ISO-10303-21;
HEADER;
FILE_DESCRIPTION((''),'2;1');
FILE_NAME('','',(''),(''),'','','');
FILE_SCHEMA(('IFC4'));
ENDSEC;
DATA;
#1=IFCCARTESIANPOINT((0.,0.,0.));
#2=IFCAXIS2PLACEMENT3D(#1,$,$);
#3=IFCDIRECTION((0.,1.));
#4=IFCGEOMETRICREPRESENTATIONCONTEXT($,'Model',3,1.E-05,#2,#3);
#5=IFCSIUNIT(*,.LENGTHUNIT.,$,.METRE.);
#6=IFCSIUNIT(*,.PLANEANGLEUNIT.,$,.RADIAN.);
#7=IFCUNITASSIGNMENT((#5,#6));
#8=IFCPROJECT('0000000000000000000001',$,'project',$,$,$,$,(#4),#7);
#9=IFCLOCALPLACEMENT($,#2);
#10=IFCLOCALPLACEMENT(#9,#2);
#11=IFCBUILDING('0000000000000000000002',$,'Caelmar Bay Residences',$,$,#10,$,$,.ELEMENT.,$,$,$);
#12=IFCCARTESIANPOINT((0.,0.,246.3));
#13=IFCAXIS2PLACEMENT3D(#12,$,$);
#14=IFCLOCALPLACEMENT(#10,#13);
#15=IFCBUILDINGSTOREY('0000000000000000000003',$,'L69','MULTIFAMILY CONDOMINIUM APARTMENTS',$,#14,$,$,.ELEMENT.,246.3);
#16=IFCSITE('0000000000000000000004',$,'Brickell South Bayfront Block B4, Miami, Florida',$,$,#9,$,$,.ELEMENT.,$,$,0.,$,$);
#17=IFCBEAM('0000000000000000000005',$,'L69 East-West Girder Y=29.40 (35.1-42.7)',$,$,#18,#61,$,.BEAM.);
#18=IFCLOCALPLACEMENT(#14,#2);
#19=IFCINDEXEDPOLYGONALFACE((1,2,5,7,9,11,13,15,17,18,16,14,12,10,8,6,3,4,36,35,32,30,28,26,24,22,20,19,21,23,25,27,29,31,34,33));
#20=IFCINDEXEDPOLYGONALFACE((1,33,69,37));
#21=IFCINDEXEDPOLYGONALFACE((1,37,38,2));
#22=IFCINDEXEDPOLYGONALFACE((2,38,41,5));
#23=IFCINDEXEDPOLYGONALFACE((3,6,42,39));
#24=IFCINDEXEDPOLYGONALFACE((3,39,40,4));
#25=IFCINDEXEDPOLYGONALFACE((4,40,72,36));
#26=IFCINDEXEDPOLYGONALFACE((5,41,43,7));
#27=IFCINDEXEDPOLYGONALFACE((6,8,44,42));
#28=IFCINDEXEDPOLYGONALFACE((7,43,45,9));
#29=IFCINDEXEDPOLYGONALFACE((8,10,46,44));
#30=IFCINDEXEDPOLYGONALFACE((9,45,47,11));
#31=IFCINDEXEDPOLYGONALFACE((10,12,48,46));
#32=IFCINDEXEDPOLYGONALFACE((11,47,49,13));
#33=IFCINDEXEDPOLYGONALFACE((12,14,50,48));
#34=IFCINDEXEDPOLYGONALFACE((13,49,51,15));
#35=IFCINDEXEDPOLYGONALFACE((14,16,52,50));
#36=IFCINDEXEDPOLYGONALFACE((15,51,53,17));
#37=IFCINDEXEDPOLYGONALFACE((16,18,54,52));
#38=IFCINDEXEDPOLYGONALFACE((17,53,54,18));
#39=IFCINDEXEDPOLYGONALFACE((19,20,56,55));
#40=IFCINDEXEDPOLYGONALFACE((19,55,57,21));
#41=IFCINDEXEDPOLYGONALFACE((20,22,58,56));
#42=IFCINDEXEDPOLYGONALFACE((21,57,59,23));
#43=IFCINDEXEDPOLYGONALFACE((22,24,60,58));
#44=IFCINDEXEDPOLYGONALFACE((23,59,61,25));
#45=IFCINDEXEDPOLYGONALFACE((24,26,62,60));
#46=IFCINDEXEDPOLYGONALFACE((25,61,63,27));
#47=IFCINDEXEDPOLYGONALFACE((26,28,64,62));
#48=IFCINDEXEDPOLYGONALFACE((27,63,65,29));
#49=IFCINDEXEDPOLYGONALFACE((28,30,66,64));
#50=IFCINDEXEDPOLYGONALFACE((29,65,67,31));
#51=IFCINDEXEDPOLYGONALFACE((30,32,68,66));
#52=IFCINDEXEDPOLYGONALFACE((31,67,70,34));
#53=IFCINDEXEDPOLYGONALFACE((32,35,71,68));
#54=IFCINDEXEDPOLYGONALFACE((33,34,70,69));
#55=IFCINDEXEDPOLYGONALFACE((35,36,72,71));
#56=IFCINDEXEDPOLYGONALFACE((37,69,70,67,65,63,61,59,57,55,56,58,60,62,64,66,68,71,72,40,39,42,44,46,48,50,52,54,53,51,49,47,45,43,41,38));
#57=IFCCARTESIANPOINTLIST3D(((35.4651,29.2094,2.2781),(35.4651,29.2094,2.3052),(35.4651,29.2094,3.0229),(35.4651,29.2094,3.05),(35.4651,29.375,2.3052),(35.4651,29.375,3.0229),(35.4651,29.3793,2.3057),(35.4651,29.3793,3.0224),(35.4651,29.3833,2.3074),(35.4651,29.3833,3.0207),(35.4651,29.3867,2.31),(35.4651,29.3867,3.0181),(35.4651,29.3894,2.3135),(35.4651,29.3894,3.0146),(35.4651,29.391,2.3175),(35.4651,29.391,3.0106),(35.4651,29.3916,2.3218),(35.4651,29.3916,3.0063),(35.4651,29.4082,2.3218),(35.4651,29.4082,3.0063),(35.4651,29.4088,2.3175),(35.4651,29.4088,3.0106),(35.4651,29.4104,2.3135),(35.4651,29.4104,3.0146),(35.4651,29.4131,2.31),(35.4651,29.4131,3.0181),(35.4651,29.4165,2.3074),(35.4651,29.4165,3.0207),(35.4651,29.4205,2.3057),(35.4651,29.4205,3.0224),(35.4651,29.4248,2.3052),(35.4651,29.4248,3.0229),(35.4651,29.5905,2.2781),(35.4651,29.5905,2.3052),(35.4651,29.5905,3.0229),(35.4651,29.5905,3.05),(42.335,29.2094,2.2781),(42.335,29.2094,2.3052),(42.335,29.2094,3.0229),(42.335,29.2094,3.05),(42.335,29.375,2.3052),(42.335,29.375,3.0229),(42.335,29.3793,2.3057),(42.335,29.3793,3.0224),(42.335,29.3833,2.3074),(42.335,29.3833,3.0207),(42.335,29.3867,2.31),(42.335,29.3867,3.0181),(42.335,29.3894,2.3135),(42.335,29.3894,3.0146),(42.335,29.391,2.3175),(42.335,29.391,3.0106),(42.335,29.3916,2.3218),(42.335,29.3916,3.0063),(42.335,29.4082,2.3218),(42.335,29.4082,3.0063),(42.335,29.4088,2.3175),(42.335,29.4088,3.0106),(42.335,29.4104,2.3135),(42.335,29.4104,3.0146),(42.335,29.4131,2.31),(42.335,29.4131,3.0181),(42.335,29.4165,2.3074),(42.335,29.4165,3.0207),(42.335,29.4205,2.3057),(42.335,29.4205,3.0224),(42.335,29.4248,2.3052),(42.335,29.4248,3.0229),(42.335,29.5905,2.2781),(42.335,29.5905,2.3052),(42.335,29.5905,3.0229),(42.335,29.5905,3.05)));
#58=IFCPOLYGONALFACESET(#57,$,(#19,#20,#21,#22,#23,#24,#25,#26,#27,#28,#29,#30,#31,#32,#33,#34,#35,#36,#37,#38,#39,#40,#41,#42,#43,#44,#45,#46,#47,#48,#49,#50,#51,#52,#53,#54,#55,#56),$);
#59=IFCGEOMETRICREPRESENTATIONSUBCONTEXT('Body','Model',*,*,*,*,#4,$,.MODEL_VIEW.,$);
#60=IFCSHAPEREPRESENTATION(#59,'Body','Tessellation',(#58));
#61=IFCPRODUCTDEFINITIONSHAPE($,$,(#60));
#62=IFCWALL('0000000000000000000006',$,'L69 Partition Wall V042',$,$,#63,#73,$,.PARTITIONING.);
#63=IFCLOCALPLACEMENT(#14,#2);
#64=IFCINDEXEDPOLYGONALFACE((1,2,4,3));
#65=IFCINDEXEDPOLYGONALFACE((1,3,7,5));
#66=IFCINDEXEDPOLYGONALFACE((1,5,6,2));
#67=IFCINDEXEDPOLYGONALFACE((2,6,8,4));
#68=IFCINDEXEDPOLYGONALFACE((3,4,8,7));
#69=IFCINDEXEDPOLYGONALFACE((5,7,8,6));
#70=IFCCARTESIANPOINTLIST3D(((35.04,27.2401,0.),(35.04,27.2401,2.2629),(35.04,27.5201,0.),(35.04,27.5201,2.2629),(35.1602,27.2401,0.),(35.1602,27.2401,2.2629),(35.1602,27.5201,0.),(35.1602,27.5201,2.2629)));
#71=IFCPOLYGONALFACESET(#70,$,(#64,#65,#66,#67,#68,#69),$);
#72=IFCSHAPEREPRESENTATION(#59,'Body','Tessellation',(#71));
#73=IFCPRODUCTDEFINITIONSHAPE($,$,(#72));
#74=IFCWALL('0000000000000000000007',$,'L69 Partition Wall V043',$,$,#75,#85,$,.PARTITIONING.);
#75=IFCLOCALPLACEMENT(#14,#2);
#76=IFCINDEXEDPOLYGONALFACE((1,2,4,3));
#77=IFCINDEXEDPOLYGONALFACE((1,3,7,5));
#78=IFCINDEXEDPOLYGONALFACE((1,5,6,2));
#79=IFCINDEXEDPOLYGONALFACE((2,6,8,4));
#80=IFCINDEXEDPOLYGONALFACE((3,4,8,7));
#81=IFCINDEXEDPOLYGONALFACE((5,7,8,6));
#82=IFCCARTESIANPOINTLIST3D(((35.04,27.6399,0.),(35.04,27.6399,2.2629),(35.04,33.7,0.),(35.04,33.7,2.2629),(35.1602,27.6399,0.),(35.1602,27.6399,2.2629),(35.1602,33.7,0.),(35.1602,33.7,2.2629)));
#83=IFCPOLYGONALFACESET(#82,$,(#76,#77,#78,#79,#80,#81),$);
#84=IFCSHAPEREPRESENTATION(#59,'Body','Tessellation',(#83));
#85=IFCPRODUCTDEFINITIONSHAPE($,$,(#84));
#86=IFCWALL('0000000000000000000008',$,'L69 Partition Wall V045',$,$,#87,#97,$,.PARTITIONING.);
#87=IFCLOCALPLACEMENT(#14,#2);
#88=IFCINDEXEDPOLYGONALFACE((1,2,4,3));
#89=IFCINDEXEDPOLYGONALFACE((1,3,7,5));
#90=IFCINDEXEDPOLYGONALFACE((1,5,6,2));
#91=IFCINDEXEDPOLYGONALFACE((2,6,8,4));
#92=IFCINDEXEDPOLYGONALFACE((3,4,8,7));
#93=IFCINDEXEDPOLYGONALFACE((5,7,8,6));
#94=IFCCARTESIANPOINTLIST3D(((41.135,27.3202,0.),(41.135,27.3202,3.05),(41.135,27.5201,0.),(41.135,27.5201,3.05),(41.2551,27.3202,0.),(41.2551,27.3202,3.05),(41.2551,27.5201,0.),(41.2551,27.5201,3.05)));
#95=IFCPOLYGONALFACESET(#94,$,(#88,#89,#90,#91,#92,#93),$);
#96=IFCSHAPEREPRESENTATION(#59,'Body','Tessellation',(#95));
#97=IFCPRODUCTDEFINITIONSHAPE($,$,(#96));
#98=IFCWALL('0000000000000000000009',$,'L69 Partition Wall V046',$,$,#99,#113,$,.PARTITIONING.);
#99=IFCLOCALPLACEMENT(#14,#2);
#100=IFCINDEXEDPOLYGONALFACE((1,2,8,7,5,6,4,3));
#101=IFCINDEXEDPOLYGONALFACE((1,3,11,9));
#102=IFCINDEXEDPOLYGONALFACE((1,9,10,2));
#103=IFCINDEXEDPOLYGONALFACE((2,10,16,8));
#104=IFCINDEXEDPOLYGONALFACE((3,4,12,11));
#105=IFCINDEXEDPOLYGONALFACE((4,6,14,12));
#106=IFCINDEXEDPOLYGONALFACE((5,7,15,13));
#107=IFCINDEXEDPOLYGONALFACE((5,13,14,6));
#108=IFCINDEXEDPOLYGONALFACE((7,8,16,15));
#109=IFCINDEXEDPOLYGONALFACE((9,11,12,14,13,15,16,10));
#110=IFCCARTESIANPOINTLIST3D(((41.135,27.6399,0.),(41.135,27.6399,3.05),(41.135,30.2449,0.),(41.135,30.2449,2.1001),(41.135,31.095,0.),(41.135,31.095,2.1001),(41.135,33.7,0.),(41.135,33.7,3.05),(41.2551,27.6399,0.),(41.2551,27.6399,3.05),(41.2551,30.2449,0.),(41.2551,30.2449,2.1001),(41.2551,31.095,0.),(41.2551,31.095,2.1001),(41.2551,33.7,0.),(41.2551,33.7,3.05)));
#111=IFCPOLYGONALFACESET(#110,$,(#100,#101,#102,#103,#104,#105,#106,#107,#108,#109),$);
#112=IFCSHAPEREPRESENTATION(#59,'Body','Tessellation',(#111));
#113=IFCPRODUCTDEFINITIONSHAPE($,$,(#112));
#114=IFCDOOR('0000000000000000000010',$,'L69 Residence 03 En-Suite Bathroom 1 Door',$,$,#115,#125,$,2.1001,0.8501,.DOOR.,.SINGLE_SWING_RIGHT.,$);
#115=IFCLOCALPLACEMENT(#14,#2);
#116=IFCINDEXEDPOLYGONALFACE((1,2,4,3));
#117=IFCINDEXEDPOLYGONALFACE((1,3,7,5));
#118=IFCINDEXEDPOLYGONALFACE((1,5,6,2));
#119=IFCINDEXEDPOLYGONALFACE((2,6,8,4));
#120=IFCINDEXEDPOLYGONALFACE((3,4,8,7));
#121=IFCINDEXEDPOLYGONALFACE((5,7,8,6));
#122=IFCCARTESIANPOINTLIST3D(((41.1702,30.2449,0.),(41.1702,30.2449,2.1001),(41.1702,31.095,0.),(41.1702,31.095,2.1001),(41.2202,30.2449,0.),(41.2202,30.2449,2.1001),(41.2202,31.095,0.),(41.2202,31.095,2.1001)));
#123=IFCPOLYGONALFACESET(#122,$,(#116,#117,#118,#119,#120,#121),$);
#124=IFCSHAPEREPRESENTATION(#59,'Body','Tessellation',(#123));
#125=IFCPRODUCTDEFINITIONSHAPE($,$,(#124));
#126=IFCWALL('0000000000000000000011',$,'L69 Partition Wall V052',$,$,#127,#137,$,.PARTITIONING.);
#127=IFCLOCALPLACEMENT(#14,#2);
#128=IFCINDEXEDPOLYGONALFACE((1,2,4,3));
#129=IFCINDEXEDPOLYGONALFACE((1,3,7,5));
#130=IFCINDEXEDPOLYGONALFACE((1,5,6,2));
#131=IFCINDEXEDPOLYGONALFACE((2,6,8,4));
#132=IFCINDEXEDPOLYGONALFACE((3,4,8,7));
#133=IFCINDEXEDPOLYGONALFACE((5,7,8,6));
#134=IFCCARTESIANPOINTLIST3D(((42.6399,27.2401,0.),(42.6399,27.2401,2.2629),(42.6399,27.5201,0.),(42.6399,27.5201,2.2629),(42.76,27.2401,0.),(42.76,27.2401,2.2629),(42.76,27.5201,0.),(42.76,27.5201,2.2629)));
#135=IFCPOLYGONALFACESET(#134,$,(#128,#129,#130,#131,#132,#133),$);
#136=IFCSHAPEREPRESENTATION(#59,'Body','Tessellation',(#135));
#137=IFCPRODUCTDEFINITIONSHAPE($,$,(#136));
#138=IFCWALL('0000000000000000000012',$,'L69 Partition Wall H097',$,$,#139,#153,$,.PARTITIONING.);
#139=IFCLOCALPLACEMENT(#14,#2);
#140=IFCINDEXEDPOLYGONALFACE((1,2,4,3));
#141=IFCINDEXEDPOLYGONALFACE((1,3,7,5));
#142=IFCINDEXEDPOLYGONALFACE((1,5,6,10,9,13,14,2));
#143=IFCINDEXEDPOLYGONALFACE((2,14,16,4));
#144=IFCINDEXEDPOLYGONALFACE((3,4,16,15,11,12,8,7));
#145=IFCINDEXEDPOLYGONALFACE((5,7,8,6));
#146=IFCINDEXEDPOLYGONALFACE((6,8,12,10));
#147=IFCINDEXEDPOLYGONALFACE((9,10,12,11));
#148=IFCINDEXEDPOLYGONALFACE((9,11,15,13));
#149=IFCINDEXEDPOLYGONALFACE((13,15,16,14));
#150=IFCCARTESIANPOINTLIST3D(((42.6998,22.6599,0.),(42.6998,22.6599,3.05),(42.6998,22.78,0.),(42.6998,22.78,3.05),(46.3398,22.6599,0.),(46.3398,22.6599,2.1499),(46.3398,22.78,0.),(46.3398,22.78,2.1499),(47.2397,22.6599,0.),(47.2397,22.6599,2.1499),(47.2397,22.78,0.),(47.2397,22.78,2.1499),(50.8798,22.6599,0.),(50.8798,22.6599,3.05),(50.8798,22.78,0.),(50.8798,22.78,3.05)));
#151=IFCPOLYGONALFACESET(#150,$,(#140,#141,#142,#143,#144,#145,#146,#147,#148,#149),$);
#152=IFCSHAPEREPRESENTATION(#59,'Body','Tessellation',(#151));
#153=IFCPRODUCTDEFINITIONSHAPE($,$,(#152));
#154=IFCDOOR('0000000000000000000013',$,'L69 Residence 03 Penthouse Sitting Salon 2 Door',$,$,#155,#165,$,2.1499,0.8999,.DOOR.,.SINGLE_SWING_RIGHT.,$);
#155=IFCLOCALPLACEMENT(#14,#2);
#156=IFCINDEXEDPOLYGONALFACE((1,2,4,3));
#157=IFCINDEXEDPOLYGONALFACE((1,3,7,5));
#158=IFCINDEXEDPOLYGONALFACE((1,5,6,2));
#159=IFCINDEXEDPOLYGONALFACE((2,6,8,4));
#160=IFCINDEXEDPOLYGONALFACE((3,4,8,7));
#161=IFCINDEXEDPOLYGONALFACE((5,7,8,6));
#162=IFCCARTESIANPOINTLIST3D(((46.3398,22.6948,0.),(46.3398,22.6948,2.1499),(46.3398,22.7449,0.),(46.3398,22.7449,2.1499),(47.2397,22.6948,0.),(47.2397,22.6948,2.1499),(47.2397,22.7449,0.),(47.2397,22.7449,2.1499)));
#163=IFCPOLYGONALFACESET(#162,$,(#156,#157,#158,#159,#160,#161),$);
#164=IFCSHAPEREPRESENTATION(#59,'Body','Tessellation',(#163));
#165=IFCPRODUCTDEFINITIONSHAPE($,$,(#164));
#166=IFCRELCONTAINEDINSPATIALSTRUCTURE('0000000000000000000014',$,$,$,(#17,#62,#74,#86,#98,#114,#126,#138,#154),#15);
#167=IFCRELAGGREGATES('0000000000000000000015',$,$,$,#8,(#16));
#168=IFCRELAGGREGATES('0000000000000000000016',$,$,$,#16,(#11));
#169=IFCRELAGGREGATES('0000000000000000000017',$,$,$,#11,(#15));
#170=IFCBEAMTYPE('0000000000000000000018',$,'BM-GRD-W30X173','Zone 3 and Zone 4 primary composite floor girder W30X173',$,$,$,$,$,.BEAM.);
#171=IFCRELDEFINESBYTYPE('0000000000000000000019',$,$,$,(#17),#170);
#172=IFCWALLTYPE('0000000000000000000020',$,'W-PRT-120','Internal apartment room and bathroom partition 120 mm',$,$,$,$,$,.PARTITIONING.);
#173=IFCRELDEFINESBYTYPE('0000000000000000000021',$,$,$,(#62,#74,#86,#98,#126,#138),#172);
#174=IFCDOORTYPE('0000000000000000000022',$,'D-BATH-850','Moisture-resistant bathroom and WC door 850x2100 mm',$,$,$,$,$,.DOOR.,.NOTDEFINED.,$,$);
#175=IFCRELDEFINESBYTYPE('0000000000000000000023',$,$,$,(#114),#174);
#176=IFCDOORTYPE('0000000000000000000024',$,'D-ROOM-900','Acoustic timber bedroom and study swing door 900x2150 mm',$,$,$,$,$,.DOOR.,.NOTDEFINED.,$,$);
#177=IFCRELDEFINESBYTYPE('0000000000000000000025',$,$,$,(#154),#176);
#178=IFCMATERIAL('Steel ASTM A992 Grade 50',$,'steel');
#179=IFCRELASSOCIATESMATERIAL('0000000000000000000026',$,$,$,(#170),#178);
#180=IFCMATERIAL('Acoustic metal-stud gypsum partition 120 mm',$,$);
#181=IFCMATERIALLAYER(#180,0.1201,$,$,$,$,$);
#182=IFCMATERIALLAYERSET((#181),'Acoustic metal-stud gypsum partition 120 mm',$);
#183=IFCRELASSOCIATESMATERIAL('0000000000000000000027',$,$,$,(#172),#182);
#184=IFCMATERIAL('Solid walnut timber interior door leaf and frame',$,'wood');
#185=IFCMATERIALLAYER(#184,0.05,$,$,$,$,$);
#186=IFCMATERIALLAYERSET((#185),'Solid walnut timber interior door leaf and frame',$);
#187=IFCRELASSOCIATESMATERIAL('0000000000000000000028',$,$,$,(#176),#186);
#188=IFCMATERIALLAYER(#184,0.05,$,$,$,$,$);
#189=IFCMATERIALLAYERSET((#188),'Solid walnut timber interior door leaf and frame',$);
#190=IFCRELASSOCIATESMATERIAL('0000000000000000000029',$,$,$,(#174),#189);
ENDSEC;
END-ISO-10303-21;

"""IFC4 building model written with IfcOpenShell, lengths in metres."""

from ifc_helpers import new_model, si_unit, direction, frame, frame_2d, origin, origin_2d, place, context, subcontext, project, spatial, rectangle, i_section, extrude, material, layer, layer_set, material_profile, profile_set, type_object, element, fill, save


model = new_model("IFC4")

# Units and contexts
model_context = context("Model", 3, precision=1e-05, world=origin(), true_north=direction((0.0, 1.0)))
body_context = subcontext(model_context, "Body", "Model", "MODEL_VIEW")
ifc_project = project(units=[si_unit("LENGTHUNIT", "METRE"), si_unit("PLANEANGLEUNIT", "RADIAN")], contexts=[model_context])

# Site, building, storey
site_placement = place(None, origin())
site = spatial("IfcSite", under=ifc_project, at=site_placement, Name="Brickell South Bayfront Block B4, Miami, Florida", CompositionType="ELEMENT", RefElevation=0.0)
building_placement = place(site_placement, origin())
building = spatial("IfcBuilding", under=site, at=building_placement, Name="Caelmar Bay Residences", CompositionType="ELEMENT")
storey_placement = place(building_placement, frame((0.0, 0.0, 246.3)))
storey = spatial("IfcBuildingStorey", under=building, at=storey_placement, Name="L69", Description="MULTIFAMILY CONDOMINIUM APARTMENTS", CompositionType="ELEMENT", Elevation=246.3)

# Beam
ifc_material_1 = material(Name="Steel ASTM A992 Grade 50", Category="steel")
ifc_material_profile = material_profile(ifc_material_1, i_section(OverallWidth=0.3811, OverallDepth=0.772, WebThickness=0.0166, FlangeThickness=0.0271, FilletRadius=0.0166, at=origin_2d()), Name="W30X173")
ifc_profile_set = profile_set([ifc_material_profile], Name="Steel ASTM A992 Grade 50")
beam_type = type_object("IfcBeamType", Name="BM-GRD-W30X173", Description="Zone 3 and Zone 4 primary composite floor girder W30X173", PredefinedType="BEAM", material=ifc_profile_set)
beam_placement = place(storey_placement, frame((35.4651, 29.3999, 2.6641), z_axis=(1.0, 0.0, 0.0), x_axis=(0.0, 1.0, 0.0)))
element("IfcBeam", 1, at=beam_placement, inside=storey, type_object=beam_type, Name="L69 East-West Girder Y=29.40 (35.1-42.7)", PredefinedType="BEAM", context=body_context, shape_type="SweptSolid", body=[
    extrude(i_section(OverallWidth=0.3811, OverallDepth=0.772, WebThickness=0.0166, FlangeThickness=0.0271, FilletRadius=0.0166, at=origin_2d()), origin(), (0.0, 0.0, 1.0), 6.8699),
])

# Shared definitions
ifc_material_2 = material(Name="Acoustic metal-stud gypsum partition 120 mm")
ifc_layer_1 = layer(ifc_material_2, 0.1201)
ifc_layer_set_1 = layer_set([ifc_layer_1], Name="Acoustic metal-stud gypsum partition 120 mm")
wall_type = type_object("IfcWallType", Name="W-PRT-120", Description="Internal apartment room and bathroom partition 120 mm", PredefinedType="PARTITIONING", material=ifc_layer_set_1)
ifc_material_3 = material(Name="Solid walnut timber interior door leaf and frame", Category="wood")
ifc_layer_2 = layer(ifc_material_3, 0.05)
ifc_layer_set_2 = layer_set([ifc_layer_2], Name="Solid walnut timber interior door leaf and frame")
door_type_1 = type_object("IfcDoorType", Name="D-ROOM-900", Description="Acoustic timber bedroom and study swing door 900x2150 mm", OperationType="NOTDEFINED", PredefinedType="DOOR", material=ifc_layer_set_2)

# Walls
wall_1_placement = place(storey_placement, frame((35.1001, 27.24, 0.0), z_axis=(0.0, 0.0, 1.0), x_axis=(0.0, 1.0, 0.0)))
element("IfcWall", 2, at=wall_1_placement, inside=storey, type_object=wall_type, Name="L69 Partition Wall V042", PredefinedType="PARTITIONING", context=body_context, shape_type="SweptSolid", body=[
    extrude(rectangle(XDim=0.28, YDim=0.1201, at=frame_2d((0.1401, 0.0))), origin(), (0.0, 0.0, 1.0), 2.2629),
])
wall_2_placement = place(storey_placement, frame((35.1001, 27.6399, 0.0), z_axis=(0.0, 0.0, 1.0), x_axis=(0.0, 1.0, 0.0)))
element("IfcWall", 3, at=wall_2_placement, inside=storey, type_object=wall_type, Name="L69 Partition Wall V043", PredefinedType="PARTITIONING", context=body_context, shape_type="SweptSolid", body=[
    extrude(rectangle(XDim=6.0601, YDim=0.1201, at=frame_2d((3.03, 0.0))), origin(), (0.0, 0.0, 1.0), 2.2629),
])
wall_3_placement = place(storey_placement, frame((41.1951, 27.3201, 0.0), z_axis=(0.0, 0.0, 1.0), x_axis=(0.0, 1.0, 0.0)))
element("IfcWall", 4, at=wall_3_placement, inside=storey, type_object=wall_type, Name="L69 Partition Wall V045", PredefinedType="PARTITIONING", context=body_context, shape_type="SweptSolid", body=[
    extrude(rectangle(XDim=0.2, YDim=0.1201, at=frame_2d((0.1001, 0.0))), origin(), (0.0, 0.0, 1.0), 3.05),
])

# Wall, opening, door
wall_4_placement = place(storey_placement, frame((41.1951, 27.6399, 0.0), z_axis=(0.0, 0.0, 1.0), x_axis=(0.0, 1.0, 0.0)))
wall_4 = element("IfcWall", 5, at=wall_4_placement, inside=storey, type_object=wall_type, Name="L69 Partition Wall V046", PredefinedType="PARTITIONING", context=body_context, shape_type="SweptSolid", body=[
    extrude(rectangle(XDim=6.0601, YDim=0.1201, at=frame_2d((3.03, 0.0))), origin(), (0.0, 0.0, 1.0), 3.05),
])
opening_1_placement = place(wall_4_placement, frame((2.605, 0.0, 0.0)))
opening_1 = element("IfcOpeningElement", 6, at=opening_1_placement, cuts=wall_4, PredefinedType="OPENING", context=body_context, shape_type="SweptSolid", body=[
    extrude(rectangle(XDim=0.8501, YDim=2.1001, at=frame_2d((0.425, 1.05))), frame((0.0, 0.0701, 0.0), z_axis=(0.0, -1.0, 0.0), x_axis=(1.0, 0.0, 0.0)), (0.0, 0.0, 1.0), 0.1401),
])
ifc_layer_3 = layer(ifc_material_3, 0.05)
ifc_layer_set_3 = layer_set([ifc_layer_3], Name="Solid walnut timber interior door leaf and frame")
door_type_2 = type_object("IfcDoorType", Name="D-BATH-850", Description="Moisture-resistant bathroom and WC door 850x2100 mm", OperationType="NOTDEFINED", PredefinedType="DOOR", material=ifc_layer_set_3)
door_1_placement = place(opening_1_placement, origin())
door_1 = element("IfcDoor", 7, at=door_1_placement, inside=storey, type_object=door_type_2, Name="L69 Residence 03 En-Suite Bathroom 1 Door", OperationType="SINGLE_SWING_RIGHT", OverallHeight=2.1001, OverallWidth=0.8501, PredefinedType="DOOR", context=body_context, shape_type="SweptSolid", body=[
    extrude(rectangle(XDim=0.8501, YDim=2.1001, at=frame_2d((0.425, 1.05))), frame((0.0, 0.0249, 0.0), z_axis=(0.0, -1.0, 0.0), x_axis=(1.0, 0.0, 0.0)), (0.0, 0.0, 1.0), 0.05),
])
fill(opening_1, door_1)

# Wall
wall_5_placement = place(storey_placement, frame((42.7, 27.24, 0.0), z_axis=(0.0, 0.0, 1.0), x_axis=(0.0, 1.0, 0.0)))
element("IfcWall", 8, at=wall_5_placement, inside=storey, type_object=wall_type, Name="L69 Partition Wall V052", PredefinedType="PARTITIONING", context=body_context, shape_type="SweptSolid", body=[
    extrude(rectangle(XDim=0.28, YDim=0.1201, at=frame_2d((0.1401, 0.0))), origin(), (0.0, 0.0, 1.0), 2.2629),
])

# Wall, opening, door
wall_6_placement = place(storey_placement, frame((42.7, 22.72, 0.0), z_axis=(0.0, 0.0, 1.0), x_axis=(1.0, 0.0, 0.0)))
wall_6 = element("IfcWall", 9, at=wall_6_placement, inside=storey, type_object=wall_type, Name="L69 Partition Wall H097", PredefinedType="PARTITIONING", context=body_context, shape_type="SweptSolid", body=[
    extrude(rectangle(XDim=8.1799, YDim=0.1201, at=frame_2d((4.0898, 0.0))), origin(), (0.0, 0.0, 1.0), 3.05),
])
opening_2_placement = place(wall_6_placement, frame((3.6399, 0.0, 0.0)))
opening_2 = element("IfcOpeningElement", 10, at=opening_2_placement, cuts=wall_6, PredefinedType="OPENING", context=body_context, shape_type="SweptSolid", body=[
    extrude(rectangle(XDim=0.8999, YDim=2.1499, at=frame_2d((0.45, 1.075))), frame((0.0, 0.0701, 0.0), z_axis=(0.0, -1.0, 0.0), x_axis=(1.0, 0.0, 0.0)), (0.0, 0.0, 1.0), 0.1401),
])
door_2_placement = place(opening_2_placement, origin())
door_2 = element("IfcDoor", 11, at=door_2_placement, inside=storey, type_object=door_type_1, Name="L69 Residence 03 Penthouse Sitting Salon 2 Door", OperationType="SINGLE_SWING_RIGHT", OverallHeight=2.1499, OverallWidth=0.8999, PredefinedType="DOOR", context=body_context, shape_type="SweptSolid", body=[
    extrude(rectangle(XDim=0.8999, YDim=2.1499, at=frame_2d((0.45, 1.075))), frame((0.0, 0.0249, 0.0), z_axis=(0.0, -1.0, 0.0), x_axis=(1.0, 0.0, 0.0)), (0.0, 0.0, 1.0), 0.05),
])
fill(opening_2, door_2)

save(model, "model.ifc")
